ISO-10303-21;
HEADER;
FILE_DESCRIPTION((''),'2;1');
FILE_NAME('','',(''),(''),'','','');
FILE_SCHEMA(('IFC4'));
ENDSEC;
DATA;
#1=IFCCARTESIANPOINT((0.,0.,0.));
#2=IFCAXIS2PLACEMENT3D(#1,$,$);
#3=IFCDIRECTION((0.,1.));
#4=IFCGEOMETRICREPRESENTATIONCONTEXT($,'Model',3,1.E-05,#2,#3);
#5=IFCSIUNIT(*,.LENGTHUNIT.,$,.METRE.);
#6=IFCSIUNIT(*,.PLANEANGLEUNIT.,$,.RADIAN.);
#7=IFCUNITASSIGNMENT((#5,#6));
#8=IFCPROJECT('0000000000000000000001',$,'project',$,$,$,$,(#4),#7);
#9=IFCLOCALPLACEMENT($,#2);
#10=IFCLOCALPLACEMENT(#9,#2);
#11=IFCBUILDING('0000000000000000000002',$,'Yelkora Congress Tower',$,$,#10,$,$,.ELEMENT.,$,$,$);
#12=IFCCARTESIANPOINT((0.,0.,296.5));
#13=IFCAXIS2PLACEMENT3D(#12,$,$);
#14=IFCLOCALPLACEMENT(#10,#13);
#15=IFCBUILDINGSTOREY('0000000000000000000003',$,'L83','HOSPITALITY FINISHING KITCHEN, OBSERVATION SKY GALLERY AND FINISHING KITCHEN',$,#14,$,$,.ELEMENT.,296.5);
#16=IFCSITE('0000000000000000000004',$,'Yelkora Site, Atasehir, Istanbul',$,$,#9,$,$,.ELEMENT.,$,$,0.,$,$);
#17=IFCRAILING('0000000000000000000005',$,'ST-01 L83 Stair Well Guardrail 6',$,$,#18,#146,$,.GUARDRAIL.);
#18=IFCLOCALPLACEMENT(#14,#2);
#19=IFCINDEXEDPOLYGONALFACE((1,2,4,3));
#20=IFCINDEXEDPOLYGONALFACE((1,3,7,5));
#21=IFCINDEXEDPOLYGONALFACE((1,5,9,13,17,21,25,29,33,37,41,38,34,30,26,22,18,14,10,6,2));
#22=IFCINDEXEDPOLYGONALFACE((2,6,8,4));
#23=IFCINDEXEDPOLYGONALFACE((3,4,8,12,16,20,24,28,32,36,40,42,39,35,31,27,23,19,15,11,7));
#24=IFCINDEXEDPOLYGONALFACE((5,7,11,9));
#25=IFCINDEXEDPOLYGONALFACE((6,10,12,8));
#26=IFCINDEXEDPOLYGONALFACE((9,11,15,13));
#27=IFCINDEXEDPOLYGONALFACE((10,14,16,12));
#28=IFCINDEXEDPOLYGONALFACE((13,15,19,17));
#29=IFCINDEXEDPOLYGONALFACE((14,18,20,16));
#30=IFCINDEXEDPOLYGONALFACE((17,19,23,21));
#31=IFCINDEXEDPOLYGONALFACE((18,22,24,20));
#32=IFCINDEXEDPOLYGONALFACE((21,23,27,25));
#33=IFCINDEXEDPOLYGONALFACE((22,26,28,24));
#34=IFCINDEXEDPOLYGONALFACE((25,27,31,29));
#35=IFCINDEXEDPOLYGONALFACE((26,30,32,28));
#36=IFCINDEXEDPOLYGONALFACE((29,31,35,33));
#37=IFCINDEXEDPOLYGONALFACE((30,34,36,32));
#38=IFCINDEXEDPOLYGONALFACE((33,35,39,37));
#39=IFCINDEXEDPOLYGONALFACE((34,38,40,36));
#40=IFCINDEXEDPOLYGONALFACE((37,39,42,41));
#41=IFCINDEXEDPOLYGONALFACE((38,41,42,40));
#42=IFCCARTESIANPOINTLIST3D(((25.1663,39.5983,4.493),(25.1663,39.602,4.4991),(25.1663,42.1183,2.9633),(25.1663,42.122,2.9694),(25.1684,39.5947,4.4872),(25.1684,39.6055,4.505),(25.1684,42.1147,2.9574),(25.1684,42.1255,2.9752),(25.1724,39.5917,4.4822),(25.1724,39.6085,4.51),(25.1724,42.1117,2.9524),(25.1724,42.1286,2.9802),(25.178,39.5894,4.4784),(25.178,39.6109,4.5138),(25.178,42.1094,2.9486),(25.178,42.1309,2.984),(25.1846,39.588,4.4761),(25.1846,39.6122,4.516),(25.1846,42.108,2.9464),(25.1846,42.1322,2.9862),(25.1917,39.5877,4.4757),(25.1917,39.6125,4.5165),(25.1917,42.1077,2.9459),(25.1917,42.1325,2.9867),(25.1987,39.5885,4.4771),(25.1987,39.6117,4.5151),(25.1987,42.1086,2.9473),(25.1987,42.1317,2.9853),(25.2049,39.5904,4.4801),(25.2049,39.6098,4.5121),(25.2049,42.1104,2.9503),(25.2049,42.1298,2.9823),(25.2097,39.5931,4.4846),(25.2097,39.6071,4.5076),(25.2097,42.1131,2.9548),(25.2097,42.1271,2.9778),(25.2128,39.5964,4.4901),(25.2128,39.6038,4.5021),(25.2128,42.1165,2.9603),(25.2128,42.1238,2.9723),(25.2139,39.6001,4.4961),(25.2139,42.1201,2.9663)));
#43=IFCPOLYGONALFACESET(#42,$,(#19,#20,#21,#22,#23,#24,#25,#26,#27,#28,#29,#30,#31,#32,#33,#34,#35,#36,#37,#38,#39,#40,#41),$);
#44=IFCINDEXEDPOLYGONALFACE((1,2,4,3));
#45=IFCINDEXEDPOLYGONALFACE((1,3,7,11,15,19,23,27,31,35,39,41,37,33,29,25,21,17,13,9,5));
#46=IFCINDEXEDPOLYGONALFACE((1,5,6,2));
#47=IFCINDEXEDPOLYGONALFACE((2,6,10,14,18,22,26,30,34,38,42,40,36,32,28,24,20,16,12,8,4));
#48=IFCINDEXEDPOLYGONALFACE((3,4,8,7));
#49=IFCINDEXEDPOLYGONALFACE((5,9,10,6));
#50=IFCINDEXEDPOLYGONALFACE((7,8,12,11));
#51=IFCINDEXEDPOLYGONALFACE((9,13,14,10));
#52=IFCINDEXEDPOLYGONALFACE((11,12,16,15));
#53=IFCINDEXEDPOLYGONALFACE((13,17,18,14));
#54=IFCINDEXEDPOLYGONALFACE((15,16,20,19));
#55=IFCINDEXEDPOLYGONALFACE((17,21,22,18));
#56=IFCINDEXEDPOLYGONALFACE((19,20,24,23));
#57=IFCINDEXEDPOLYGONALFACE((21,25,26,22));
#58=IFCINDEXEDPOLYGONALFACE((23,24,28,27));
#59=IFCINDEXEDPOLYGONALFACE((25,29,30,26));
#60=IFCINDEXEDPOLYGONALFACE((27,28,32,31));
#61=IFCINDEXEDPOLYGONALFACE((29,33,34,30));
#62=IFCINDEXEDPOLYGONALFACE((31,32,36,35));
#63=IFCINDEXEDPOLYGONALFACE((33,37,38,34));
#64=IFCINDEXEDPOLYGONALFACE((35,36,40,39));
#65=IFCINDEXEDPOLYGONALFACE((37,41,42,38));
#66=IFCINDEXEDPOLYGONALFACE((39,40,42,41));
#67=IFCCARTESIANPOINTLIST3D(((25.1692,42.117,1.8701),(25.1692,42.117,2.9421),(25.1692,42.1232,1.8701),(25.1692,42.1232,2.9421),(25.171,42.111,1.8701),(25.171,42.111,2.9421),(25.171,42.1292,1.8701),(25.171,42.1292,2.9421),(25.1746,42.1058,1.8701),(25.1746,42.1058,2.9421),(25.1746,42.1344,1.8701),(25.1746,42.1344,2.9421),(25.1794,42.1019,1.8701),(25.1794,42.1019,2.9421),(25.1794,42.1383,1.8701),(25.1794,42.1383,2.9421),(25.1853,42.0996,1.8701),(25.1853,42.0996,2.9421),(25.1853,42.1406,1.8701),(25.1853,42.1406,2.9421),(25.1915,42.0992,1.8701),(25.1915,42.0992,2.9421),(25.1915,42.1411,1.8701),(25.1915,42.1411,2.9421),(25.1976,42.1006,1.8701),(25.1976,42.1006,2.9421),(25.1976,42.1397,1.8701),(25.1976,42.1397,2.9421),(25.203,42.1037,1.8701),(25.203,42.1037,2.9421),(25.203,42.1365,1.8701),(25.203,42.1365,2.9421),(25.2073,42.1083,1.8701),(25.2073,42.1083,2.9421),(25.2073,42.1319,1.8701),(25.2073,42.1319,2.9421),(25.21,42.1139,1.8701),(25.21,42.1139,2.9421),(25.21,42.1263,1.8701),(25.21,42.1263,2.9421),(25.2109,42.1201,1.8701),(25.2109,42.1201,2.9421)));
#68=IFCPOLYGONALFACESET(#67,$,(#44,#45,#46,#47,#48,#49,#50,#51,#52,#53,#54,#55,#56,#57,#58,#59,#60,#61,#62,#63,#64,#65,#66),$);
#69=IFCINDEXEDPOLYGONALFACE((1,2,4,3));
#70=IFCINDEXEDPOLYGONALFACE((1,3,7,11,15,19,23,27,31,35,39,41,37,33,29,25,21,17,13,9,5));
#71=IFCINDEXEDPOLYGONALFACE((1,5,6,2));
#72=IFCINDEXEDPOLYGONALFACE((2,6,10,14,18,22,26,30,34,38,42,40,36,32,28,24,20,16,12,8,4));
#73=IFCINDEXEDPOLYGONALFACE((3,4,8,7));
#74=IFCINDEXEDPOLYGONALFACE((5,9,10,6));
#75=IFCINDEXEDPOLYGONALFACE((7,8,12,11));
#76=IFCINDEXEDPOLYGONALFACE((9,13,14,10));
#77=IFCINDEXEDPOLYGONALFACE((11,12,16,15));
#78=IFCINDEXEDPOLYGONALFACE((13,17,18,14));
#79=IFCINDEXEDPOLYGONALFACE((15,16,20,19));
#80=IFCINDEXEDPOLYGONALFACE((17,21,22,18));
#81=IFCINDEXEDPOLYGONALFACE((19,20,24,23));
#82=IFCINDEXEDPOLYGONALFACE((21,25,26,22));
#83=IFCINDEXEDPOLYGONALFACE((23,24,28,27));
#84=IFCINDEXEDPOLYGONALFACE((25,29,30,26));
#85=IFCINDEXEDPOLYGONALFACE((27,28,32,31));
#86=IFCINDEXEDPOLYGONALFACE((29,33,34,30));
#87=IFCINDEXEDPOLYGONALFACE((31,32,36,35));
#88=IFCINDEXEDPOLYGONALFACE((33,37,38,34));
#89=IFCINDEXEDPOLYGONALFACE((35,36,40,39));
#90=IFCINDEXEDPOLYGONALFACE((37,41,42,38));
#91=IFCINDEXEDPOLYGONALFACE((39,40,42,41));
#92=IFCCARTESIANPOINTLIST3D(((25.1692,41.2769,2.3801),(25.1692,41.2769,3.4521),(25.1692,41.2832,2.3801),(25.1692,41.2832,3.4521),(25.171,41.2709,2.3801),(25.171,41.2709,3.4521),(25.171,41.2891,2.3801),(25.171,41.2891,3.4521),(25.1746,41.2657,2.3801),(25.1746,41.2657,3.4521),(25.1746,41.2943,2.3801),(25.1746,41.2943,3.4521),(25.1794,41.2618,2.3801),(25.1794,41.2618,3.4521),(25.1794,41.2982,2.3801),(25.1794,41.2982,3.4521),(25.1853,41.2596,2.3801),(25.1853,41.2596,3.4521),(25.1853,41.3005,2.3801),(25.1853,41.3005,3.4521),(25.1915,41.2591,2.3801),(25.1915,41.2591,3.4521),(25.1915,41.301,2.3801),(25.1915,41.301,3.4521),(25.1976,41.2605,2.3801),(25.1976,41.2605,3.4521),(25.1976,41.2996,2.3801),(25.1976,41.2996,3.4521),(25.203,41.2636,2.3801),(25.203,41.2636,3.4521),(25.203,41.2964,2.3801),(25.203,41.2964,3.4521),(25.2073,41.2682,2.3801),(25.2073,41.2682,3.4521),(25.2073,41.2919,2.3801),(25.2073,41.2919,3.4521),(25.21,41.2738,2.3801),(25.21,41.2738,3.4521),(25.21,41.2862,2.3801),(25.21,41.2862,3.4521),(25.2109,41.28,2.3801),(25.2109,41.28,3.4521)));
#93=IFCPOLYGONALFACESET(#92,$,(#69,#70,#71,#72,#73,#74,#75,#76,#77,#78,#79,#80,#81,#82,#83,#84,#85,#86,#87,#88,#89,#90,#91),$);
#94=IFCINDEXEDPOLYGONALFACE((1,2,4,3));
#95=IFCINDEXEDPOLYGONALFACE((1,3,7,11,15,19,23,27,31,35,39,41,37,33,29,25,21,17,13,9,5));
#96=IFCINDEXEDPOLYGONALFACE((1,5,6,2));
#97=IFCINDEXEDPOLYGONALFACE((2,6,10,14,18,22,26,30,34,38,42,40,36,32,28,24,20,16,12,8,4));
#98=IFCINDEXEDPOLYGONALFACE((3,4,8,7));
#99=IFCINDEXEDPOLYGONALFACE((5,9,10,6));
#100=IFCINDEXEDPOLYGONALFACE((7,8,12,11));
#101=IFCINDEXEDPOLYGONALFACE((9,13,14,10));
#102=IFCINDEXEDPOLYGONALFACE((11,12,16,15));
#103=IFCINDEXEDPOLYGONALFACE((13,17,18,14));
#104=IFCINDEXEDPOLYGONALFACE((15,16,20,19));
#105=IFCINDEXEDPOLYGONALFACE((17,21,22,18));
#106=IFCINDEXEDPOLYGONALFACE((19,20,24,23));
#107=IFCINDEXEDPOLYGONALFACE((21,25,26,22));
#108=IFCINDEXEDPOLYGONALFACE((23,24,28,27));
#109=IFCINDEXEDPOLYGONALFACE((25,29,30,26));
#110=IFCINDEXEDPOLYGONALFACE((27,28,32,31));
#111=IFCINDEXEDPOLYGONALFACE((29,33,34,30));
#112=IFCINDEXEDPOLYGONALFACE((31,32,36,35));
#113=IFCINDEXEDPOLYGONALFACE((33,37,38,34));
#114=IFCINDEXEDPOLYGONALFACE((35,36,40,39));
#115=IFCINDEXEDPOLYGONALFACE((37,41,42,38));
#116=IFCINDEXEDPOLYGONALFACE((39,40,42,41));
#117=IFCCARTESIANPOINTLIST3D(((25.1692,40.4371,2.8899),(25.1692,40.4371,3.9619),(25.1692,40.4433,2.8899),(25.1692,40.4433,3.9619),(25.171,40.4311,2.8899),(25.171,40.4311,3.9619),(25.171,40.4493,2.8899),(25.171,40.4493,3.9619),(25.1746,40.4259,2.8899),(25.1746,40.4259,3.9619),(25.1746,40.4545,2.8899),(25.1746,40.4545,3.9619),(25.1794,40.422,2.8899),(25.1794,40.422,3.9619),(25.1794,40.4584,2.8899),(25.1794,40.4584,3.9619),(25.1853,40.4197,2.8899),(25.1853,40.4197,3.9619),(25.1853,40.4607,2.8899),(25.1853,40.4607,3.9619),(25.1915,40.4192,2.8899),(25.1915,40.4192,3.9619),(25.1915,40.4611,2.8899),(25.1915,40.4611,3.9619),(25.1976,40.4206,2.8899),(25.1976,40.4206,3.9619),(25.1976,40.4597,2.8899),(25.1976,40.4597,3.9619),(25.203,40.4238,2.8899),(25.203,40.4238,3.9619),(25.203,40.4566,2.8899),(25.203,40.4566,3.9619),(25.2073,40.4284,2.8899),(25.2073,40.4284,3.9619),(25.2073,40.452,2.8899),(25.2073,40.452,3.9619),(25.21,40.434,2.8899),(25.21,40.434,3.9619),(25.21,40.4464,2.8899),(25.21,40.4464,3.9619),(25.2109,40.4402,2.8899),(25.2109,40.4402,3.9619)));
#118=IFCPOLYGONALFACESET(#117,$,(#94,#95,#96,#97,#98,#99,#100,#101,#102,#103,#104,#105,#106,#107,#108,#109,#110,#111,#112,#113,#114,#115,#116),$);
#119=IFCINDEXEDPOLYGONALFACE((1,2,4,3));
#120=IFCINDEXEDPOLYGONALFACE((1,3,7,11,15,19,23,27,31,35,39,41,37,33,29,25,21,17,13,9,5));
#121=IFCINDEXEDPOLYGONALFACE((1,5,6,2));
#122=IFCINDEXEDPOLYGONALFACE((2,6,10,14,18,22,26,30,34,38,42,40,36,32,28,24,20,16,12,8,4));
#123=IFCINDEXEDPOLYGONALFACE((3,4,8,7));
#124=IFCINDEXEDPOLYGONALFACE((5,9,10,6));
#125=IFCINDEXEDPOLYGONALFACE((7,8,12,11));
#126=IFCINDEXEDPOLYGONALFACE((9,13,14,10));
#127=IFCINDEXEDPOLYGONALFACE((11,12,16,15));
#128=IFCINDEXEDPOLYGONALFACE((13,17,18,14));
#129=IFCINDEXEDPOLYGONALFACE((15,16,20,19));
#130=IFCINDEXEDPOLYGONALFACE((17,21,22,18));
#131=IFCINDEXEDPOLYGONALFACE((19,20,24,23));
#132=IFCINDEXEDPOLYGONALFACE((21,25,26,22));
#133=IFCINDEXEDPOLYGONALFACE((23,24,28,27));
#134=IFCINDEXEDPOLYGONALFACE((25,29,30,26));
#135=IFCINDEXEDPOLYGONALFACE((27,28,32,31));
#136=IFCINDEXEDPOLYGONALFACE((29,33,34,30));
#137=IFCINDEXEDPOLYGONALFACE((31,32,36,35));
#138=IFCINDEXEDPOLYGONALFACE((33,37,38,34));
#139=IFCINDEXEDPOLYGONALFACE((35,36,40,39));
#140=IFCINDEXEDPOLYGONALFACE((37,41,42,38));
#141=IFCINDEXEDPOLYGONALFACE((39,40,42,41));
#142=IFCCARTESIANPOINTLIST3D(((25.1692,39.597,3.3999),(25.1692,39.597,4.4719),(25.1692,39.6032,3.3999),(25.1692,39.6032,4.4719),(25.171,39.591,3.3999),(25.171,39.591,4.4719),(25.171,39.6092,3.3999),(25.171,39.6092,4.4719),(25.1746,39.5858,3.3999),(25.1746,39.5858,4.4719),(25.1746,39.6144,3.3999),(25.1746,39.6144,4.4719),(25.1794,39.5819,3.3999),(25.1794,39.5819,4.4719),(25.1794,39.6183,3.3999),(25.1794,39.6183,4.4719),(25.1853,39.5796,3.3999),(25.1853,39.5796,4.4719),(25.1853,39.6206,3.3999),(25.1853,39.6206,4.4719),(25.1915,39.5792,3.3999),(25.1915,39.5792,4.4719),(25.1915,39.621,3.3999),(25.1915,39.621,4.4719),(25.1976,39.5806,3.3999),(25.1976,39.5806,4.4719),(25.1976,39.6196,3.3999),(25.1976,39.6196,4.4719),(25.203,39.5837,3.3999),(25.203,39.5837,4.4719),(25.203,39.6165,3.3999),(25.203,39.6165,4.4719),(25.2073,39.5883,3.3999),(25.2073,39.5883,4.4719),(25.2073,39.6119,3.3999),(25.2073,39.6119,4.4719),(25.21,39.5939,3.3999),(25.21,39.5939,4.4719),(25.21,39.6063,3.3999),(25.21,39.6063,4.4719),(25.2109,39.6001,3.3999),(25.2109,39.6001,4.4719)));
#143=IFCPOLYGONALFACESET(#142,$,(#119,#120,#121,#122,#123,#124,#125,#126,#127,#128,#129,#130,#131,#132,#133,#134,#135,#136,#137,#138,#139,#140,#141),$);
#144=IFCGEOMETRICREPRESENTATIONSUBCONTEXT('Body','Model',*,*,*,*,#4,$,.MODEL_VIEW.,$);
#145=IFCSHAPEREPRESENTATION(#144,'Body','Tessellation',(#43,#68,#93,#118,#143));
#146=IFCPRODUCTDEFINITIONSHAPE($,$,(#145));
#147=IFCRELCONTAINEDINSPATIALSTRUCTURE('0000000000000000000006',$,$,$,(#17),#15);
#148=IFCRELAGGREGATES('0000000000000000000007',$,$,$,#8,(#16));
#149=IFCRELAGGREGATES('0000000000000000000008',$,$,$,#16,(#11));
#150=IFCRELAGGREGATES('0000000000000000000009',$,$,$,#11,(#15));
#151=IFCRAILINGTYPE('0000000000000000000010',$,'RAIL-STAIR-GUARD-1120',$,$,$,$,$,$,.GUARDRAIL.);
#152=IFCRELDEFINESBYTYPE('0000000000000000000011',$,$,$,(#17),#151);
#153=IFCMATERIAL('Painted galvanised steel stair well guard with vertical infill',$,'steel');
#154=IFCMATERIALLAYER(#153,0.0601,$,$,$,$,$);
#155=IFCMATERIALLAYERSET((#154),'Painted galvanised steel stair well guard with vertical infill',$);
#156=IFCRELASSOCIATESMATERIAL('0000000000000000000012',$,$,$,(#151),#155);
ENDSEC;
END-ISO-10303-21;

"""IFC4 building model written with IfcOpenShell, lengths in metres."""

from ifc_helpers import new_model, si_unit, direction, frame, origin, origin_2d, place, context, subcontext, project, spatial, circle, extrude, material, layer, layer_set, type_object, element, save


model = new_model("IFC4")

# Units and contexts
model_context = context("Model", 3, precision=1e-05, world=origin(), true_north=direction((0.0, 1.0)))
body_context = subcontext(model_context, "Body", "Model", "MODEL_VIEW")
ifc_project = project(units=[si_unit("LENGTHUNIT", "METRE"), si_unit("PLANEANGLEUNIT", "RADIAN")], contexts=[model_context])

# Site, building, storey
site_placement = place(None, origin())
site = spatial("IfcSite", under=ifc_project, at=site_placement, Name="Yelkora Site, Atasehir, Istanbul", CompositionType="ELEMENT", RefElevation=0.0)
building_placement = place(site_placement, origin())
building = spatial("IfcBuilding", under=site, at=building_placement, Name="Yelkora Congress Tower", CompositionType="ELEMENT")
storey_placement = place(building_placement, frame((0.0, 0.0, 296.5)))
storey = spatial("IfcBuildingStorey", under=building, at=storey_placement, Name="L83", Description="HOSPITALITY FINISHING KITCHEN, OBSERVATION SKY GALLERY AND FINISHING KITCHEN", CompositionType="ELEMENT", Elevation=296.5)

# Railing
ifc_material_1 = material(Name="Painted galvanised steel stair well guard with vertical infill", Category="steel")
ifc_layer_1 = layer(ifc_material_1, 0.0601)
ifc_layer_set_1 = layer_set([ifc_layer_1], Name="Painted galvanised steel stair well guard with vertical infill")
railing_type_1 = type_object("IfcRailingType", Name="RAIL-STAIR-GUARD-1120", PredefinedType="GUARDRAIL", material=ifc_layer_set_1)
railing_1_placement = place(storey_placement, frame((25.1899, 42.1201, 1.8701)))
element("IfcRailing", 1, at=railing_1_placement, inside=storey, type_object=railing_type_1, Name="ST-01 L83 Stair Well Guardrail 6", PredefinedType="GUARDRAIL", context=body_context, shape_type="SweptSolid", body=[
    extrude(circle(Radius=0.0239, at=origin_2d()), frame((0.0, 0.0, 1.0962), z_axis=(0.0, -0.854822, 0.518922), x_axis=(1.0, 0.0, 0.0)), (0.0, 0.0, 1.0), 2.948),
    extrude(circle(Radius=0.021, at=origin_2d()), origin(), (0.0, 0.0, 1.0), 1.072),
    extrude(circle(Radius=0.021, at=origin_2d()), frame((0.0, -0.8401, 0.51)), (0.0, 0.0, 1.0), 1.072),
    extrude(circle(Radius=0.021, at=origin_2d()), frame((0.0, -1.6799, 1.0198)), (0.0, 0.0, 1.0), 1.072),
    extrude(circle(Radius=0.021, at=origin_2d()), frame((0.0, -2.52, 1.5298)), (0.0, 0.0, 1.0), 1.072),
])

save(model, "model.ifc")
